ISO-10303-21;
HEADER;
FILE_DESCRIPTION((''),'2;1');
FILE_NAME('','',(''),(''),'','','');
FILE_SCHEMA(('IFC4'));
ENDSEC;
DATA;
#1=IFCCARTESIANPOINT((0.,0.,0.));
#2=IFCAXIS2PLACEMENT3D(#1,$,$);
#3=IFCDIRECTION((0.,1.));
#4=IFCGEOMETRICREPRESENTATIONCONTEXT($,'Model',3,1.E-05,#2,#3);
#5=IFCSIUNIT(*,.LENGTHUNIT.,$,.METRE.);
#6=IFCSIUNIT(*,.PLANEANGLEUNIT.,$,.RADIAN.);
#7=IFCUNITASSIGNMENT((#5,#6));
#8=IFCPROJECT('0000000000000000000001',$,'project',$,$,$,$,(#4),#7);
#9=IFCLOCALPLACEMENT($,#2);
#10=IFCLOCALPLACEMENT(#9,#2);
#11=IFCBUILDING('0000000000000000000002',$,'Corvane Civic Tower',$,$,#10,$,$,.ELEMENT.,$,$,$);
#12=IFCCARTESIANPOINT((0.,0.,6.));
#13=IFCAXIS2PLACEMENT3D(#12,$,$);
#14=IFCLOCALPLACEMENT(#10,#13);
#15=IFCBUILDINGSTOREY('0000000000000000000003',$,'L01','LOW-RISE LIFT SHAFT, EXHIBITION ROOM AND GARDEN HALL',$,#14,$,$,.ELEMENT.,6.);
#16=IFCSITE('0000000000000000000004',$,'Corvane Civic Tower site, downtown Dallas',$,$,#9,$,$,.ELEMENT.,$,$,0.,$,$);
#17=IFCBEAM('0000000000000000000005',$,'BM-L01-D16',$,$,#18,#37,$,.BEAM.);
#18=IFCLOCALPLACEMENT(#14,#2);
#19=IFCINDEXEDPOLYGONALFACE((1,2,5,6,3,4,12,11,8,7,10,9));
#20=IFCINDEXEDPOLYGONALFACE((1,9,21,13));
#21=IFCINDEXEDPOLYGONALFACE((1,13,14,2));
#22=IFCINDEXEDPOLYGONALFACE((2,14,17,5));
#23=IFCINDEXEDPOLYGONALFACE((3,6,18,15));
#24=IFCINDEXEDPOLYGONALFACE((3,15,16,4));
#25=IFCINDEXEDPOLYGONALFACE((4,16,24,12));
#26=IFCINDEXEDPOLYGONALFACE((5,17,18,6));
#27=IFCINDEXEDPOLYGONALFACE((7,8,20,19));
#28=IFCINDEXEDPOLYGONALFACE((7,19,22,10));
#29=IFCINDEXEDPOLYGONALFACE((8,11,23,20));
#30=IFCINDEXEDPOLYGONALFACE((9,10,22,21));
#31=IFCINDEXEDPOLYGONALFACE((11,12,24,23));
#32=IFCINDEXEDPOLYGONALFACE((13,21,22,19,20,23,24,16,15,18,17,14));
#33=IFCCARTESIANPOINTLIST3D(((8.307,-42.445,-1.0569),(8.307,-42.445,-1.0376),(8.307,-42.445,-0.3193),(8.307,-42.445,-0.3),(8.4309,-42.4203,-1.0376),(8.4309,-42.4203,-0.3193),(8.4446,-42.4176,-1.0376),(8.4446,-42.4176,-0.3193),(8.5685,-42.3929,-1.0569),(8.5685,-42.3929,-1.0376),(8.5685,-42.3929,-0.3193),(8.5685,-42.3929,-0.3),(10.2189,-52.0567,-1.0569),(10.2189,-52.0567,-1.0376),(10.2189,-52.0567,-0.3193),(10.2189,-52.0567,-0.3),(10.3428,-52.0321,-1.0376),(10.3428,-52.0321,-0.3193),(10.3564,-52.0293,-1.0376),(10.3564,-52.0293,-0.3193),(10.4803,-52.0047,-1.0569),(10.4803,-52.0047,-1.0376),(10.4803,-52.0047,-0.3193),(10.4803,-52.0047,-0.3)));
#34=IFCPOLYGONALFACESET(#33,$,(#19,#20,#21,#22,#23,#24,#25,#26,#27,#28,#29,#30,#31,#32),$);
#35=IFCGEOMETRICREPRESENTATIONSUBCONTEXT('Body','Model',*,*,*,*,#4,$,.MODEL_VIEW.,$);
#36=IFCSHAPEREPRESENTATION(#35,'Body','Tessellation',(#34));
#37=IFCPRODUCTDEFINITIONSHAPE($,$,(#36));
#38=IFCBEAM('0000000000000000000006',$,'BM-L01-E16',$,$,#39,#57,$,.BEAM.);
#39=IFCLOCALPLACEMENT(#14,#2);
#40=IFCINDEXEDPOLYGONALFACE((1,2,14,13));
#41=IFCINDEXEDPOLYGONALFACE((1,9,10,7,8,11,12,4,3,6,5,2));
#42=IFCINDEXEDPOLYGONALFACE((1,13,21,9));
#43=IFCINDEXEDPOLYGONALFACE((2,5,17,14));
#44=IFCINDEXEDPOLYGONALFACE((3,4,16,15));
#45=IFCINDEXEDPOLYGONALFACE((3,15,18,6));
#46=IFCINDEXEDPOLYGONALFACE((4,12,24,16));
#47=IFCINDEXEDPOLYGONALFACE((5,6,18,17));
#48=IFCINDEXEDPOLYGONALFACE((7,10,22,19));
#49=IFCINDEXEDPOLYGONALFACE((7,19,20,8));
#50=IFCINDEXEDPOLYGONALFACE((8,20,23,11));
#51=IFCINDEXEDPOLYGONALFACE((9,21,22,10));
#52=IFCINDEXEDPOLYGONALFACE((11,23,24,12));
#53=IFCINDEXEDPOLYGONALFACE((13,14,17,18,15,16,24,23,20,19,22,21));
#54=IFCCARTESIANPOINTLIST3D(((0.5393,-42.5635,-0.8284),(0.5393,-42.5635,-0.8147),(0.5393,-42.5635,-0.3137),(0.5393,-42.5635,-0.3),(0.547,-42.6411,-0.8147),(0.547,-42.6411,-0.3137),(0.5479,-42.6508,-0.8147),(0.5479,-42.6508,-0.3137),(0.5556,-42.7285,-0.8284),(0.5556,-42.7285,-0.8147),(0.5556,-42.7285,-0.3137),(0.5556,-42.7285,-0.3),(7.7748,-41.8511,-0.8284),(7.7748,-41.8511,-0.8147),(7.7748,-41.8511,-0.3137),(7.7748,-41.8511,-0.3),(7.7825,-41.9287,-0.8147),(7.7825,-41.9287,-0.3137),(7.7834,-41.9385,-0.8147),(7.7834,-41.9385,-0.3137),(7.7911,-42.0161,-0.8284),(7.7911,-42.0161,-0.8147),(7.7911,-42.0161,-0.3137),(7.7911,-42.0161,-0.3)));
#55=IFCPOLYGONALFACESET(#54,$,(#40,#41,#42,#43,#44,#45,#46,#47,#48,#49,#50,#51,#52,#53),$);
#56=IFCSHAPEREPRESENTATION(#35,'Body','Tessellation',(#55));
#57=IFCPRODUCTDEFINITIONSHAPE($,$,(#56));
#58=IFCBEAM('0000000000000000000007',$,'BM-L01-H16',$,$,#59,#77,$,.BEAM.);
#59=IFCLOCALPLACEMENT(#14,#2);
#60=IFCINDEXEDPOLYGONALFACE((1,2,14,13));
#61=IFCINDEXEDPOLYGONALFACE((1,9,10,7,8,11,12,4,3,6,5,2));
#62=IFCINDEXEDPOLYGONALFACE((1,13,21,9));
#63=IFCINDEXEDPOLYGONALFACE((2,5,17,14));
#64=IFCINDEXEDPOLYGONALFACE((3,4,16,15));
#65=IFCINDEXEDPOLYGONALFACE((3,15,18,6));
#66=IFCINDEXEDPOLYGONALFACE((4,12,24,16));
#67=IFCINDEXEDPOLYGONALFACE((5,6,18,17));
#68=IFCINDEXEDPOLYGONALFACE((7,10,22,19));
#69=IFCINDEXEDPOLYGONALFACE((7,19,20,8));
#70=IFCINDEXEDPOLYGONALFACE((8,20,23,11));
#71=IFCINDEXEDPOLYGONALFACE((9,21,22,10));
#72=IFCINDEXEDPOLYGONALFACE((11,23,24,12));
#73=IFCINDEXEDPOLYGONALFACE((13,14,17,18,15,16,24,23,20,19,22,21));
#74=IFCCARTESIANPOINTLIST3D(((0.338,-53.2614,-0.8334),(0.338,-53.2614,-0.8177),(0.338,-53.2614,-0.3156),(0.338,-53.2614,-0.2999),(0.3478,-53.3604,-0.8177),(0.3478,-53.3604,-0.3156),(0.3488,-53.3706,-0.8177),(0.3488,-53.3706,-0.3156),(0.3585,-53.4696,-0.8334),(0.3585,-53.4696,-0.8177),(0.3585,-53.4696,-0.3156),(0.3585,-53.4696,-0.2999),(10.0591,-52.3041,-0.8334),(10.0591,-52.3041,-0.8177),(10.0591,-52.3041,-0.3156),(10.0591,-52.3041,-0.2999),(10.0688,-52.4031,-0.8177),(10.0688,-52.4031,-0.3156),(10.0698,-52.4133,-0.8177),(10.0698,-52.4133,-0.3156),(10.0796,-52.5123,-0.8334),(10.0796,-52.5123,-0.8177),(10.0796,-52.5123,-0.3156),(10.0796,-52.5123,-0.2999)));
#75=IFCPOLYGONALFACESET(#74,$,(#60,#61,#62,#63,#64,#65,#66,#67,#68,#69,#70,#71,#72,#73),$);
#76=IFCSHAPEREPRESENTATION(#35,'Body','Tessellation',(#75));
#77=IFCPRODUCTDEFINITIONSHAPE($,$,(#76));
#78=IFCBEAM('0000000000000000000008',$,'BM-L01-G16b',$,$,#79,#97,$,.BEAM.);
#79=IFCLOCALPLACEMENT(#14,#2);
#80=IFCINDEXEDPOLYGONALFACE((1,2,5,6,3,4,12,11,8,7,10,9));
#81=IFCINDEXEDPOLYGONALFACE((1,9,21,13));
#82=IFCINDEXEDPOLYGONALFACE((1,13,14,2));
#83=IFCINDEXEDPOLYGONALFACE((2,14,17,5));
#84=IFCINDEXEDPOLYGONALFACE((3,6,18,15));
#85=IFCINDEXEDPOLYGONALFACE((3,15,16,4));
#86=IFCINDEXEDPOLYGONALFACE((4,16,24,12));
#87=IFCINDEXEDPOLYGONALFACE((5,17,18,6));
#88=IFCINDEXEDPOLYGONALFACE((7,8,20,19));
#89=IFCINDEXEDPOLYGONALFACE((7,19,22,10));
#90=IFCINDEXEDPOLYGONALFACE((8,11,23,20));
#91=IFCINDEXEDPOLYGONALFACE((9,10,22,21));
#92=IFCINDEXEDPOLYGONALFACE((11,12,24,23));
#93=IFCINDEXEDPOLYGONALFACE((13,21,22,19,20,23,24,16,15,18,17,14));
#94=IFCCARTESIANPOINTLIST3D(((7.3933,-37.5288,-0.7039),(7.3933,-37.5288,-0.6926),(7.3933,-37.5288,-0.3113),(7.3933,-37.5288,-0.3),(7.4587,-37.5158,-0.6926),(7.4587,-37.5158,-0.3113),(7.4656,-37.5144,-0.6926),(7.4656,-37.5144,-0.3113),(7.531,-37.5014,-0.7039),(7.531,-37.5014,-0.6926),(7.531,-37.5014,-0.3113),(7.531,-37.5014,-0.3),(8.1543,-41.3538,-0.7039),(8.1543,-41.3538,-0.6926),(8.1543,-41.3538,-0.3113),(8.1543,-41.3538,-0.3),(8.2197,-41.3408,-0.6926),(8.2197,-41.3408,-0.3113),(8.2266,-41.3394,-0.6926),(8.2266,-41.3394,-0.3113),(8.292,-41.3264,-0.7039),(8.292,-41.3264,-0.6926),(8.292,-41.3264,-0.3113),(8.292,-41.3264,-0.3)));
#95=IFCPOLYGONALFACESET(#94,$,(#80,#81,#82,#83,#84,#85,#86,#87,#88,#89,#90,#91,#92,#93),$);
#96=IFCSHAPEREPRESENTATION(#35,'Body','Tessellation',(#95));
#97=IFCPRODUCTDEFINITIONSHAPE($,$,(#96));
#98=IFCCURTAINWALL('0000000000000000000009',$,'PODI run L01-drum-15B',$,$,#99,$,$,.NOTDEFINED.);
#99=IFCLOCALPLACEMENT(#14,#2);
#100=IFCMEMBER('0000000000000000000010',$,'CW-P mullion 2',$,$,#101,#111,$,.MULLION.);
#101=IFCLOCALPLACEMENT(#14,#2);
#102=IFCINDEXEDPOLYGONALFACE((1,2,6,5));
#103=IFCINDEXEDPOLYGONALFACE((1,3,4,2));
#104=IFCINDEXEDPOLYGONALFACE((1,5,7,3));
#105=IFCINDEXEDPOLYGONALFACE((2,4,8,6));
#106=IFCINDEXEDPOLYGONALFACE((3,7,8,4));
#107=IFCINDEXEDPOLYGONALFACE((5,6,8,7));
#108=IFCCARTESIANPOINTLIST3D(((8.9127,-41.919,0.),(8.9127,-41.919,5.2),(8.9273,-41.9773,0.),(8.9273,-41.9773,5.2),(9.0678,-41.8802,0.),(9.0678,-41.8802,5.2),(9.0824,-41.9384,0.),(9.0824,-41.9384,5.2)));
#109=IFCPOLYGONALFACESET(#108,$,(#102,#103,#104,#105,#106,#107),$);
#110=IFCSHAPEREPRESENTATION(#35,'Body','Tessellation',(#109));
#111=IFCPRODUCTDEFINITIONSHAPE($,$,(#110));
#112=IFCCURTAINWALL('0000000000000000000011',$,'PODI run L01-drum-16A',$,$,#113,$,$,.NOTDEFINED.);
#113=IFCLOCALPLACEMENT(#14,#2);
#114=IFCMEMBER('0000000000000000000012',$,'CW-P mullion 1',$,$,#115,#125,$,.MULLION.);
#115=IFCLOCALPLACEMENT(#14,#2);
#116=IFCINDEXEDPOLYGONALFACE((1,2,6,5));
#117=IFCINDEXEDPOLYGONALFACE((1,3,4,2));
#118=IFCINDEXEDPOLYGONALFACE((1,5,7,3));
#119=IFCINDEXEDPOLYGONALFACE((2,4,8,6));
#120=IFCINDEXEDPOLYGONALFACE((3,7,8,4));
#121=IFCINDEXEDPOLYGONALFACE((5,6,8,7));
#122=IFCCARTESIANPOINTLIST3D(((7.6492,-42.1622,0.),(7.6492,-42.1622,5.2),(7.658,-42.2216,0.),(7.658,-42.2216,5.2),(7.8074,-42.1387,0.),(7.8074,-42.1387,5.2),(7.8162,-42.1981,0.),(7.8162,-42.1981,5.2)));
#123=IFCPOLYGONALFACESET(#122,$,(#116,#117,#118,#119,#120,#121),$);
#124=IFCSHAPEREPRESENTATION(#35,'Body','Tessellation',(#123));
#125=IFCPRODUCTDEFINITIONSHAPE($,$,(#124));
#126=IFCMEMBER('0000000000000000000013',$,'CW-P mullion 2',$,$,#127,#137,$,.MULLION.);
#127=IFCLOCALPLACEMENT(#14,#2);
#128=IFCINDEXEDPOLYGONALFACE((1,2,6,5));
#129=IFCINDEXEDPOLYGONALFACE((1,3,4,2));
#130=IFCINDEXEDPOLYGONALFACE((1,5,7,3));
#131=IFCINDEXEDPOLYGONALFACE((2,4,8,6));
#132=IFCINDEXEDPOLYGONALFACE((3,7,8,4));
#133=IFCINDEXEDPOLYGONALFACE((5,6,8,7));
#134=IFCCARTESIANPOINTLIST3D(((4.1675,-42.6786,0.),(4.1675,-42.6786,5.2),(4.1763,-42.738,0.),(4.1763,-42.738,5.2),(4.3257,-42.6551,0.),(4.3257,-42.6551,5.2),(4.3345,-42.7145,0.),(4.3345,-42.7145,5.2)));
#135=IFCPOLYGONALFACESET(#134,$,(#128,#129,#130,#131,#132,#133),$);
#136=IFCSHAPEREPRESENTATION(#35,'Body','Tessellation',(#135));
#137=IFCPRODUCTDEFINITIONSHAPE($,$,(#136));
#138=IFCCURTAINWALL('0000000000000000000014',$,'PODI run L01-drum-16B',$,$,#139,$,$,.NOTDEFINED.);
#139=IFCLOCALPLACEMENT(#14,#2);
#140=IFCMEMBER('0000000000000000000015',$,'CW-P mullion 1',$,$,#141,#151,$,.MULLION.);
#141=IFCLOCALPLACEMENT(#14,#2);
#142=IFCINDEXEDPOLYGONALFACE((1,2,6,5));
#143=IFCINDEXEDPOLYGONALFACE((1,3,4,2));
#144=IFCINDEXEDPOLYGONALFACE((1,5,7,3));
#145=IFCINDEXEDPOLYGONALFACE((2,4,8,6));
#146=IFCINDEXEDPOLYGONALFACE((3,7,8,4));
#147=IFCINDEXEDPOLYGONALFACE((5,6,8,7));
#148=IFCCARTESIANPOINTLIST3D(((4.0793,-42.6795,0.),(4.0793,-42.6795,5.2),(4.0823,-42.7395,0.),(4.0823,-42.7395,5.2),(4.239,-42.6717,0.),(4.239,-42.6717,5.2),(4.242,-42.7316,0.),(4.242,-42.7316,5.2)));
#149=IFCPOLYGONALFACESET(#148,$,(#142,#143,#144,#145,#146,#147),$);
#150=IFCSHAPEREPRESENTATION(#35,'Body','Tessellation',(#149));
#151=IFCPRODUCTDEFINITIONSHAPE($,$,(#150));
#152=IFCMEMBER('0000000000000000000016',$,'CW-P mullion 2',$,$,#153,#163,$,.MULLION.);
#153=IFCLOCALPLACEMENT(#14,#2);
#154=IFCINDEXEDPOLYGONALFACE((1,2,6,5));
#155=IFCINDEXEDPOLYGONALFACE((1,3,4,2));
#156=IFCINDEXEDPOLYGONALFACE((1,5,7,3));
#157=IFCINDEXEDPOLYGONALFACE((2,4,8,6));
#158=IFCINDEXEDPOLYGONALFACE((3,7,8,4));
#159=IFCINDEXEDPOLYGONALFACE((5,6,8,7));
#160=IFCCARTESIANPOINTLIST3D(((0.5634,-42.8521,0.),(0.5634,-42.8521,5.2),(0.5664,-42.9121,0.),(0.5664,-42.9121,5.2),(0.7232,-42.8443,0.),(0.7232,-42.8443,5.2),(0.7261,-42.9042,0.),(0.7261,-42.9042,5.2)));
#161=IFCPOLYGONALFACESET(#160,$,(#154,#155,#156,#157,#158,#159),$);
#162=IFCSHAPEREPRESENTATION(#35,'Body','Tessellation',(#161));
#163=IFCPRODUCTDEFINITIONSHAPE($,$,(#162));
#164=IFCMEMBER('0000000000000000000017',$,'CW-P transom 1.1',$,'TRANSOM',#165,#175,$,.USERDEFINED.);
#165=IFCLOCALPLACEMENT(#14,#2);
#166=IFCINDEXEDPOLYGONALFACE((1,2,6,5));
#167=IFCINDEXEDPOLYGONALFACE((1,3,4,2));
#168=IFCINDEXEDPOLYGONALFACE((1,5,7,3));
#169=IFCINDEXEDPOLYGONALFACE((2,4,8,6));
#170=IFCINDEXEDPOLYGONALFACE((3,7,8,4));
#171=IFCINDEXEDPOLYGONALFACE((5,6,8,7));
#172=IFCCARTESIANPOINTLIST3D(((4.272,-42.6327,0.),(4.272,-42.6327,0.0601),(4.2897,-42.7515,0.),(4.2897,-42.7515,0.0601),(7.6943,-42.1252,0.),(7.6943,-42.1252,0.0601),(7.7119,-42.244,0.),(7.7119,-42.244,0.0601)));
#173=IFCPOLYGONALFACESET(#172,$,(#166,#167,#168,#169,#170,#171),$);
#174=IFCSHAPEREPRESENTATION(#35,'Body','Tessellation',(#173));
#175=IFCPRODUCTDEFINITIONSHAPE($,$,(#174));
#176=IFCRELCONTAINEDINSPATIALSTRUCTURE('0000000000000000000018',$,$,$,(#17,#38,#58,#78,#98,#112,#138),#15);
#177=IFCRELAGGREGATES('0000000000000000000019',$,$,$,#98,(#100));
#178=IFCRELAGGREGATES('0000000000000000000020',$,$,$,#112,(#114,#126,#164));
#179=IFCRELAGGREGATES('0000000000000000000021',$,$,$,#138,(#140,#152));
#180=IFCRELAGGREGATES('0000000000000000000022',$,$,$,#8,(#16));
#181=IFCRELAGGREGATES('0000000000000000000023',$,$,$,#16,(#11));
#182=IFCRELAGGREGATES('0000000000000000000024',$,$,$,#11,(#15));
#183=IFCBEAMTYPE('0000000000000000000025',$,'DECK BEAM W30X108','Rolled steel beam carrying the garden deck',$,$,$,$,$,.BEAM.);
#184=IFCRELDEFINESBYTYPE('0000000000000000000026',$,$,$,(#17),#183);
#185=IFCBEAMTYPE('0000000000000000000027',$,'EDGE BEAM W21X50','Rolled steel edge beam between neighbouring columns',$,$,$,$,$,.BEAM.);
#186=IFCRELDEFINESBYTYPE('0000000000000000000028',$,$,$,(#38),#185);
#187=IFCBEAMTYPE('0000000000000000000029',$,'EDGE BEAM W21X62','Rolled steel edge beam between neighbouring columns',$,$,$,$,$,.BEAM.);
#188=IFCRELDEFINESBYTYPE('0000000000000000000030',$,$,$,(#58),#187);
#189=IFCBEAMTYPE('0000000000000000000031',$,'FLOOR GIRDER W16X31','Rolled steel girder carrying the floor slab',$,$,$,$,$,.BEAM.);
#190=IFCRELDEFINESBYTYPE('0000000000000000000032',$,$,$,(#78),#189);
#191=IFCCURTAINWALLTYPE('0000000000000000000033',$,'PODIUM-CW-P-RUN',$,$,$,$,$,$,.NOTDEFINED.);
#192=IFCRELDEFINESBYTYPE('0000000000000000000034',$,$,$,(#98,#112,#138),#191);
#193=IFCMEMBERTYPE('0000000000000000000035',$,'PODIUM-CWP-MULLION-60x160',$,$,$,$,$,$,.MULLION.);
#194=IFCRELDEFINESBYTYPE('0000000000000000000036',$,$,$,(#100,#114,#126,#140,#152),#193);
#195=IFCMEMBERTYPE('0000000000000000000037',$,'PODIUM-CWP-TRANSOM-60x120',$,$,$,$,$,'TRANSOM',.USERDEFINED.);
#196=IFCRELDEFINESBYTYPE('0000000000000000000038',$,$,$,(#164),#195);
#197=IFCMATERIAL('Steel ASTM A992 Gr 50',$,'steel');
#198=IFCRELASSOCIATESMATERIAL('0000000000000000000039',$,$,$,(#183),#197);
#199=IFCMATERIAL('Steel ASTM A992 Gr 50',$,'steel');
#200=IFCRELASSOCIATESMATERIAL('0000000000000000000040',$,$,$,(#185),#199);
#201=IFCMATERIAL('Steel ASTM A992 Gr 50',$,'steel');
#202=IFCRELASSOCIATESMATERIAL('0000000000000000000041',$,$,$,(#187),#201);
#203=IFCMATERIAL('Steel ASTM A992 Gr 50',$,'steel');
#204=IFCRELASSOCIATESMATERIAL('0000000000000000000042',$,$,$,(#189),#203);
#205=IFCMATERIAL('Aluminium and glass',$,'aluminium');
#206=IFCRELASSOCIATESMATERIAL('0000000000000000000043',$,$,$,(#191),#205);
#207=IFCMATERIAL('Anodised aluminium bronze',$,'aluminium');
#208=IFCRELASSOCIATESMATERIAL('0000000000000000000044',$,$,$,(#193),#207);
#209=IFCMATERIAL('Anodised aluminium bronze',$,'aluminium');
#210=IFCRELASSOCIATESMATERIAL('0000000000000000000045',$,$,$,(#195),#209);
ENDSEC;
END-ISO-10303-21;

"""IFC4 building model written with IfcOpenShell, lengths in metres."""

from ifc_helpers import new_model, si_unit, direction, frame, origin, origin_2d, place, context, subcontext, project, spatial, rectangle, i_section, extrude, material, material_profile, profile_set, type_object, element, aggregate, save


model = new_model("IFC4")

# Units and contexts
model_context = context("Model", 3, precision=1e-05, world=origin(), true_north=direction((0.0, 1.0)))
body_context = subcontext(model_context, "Body", "Model", "MODEL_VIEW")
ifc_project = project(units=[si_unit("LENGTHUNIT", "METRE"), si_unit("PLANEANGLEUNIT", "RADIAN")], contexts=[model_context])

# Site, building, storey
site_placement = place(None, origin())
site = spatial("IfcSite", under=ifc_project, at=site_placement, Name="Corvane Civic Tower site, downtown Dallas", CompositionType="ELEMENT", RefElevation=0.0)
building_placement = place(site_placement, origin())
building = spatial("IfcBuilding", under=site, at=building_placement, Name="Corvane Civic Tower", CompositionType="ELEMENT")
storey_placement = place(building_placement, frame((0.0, 0.0, 6.0)))
storey = spatial("IfcBuildingStorey", under=building, at=storey_placement, Name="L01", Description="LOW-RISE LIFT SHAFT, EXHIBITION ROOM AND GARDEN HALL", CompositionType="ELEMENT", Elevation=6.0)

# Beams
ifc_material_1 = material(Name="Steel ASTM A992 Gr 50", Category="steel")
ifc_material_profile_1 = material_profile(ifc_material_1, i_section(OverallWidth=0.2666, OverallDepth=0.7568, WebThickness=0.0139, FlangeThickness=0.0193, at=origin_2d()), Name="W30X108")
ifc_profile_set_1 = profile_set([ifc_material_profile_1], Name="Steel ASTM A992 Gr 50")
beam_type_1 = type_object("IfcBeamType", Name="DECK BEAM W30X108", Description="Rolled steel beam carrying the garden deck", PredefinedType="BEAM", material=ifc_profile_set_1)
beam_1_placement = place(storey_placement, frame((8.4377, -42.4189, -0.6785), z_axis=(0.195086, -0.980786, 0.0), x_axis=(0.980786, 0.195086, 0.0)))
element("IfcBeam", 1, at=beam_1_placement, inside=storey, type_object=beam_type_1, Name="BM-L01-D16", PredefinedType="BEAM", context=body_context, shape_type="SweptSolid", body=[
    extrude(i_section(OverallWidth=0.2666, OverallDepth=0.7568, WebThickness=0.0139, FlangeThickness=0.0193, at=origin_2d()), origin(), (0.0, 0.0, 1.0), 9.8),
])
ifc_material_2 = material(Name="Steel ASTM A992 Gr 50", Category="steel")
ifc_material_profile_2 = material_profile(ifc_material_2, i_section(OverallWidth=0.1658, OverallDepth=0.5283, WebThickness=0.0098, FlangeThickness=0.0137, at=origin_2d()), Name="W21X50")
ifc_profile_set_2 = profile_set([ifc_material_profile_2], Name="Steel ASTM A992 Gr 50")
beam_type_2 = type_object("IfcBeamType", Name="EDGE BEAM W21X50", Description="Rolled steel edge beam between neighbouring columns", PredefinedType="BEAM", material=ifc_profile_set_2)
beam_2_placement = place(storey_placement, frame((7.783, -41.9336, -0.5642), z_axis=(-0.995188, -0.097984, 0.0), x_axis=(0.097984, -0.995188, 0.0)))
element("IfcBeam", 2, at=beam_2_placement, inside=storey, type_object=beam_type_2, Name="BM-L01-E16", PredefinedType="BEAM", context=body_context, shape_type="SweptSolid", body=[
    extrude(i_section(OverallWidth=0.1658, OverallDepth=0.5283, WebThickness=0.0098, FlangeThickness=0.0137, at=origin_2d()), origin(), (0.0, 0.0, 1.0), 7.2705),
])
ifc_material_3 = material(Name="Steel ASTM A992 Gr 50", Category="steel")
ifc_material_profile_3 = material_profile(ifc_material_3, i_section(OverallWidth=0.2092, OverallDepth=0.5334, WebThickness=0.0103, FlangeThickness=0.0156, at=origin_2d()), Name="W21X62")
ifc_profile_set_3 = profile_set([ifc_material_profile_3], Name="Steel ASTM A992 Gr 50")
beam_type_3 = type_object("IfcBeamType", Name="EDGE BEAM W21X62", Description="Rolled steel edge beam between neighbouring columns", PredefinedType="BEAM", material=ifc_profile_set_3)
beam_3_placement = place(storey_placement, frame((10.0693, -52.4082, -0.5667), z_axis=(-0.995186, -0.098001, 0.0), x_axis=(0.098001, -0.995186, 0.0)))
element("IfcBeam", 3, at=beam_3_placement, inside=storey, type_object=beam_type_3, Name="BM-L01-H16", PredefinedType="BEAM", context=body_context, shape_type="SweptSolid", body=[
    extrude(i_section(OverallWidth=0.2092, OverallDepth=0.5334, WebThickness=0.0103, FlangeThickness=0.0156, at=origin_2d()), origin(), (0.0, 0.0, 1.0), 9.7681),
])
ifc_material_4 = material(Name="Steel ASTM A992 Gr 50", Category="steel")
ifc_material_profile_4 = material_profile(ifc_material_4, i_section(OverallWidth=0.1404, OverallDepth=0.4038, WebThickness=0.0071, FlangeThickness=0.0112, at=origin_2d()), Name="W16X31")
ifc_profile_set_4 = profile_set([ifc_material_profile_4], Name="Steel ASTM A992 Gr 50")
beam_type_4 = type_object("IfcBeamType", Name="FLOOR GIRDER W16X31", Description="Rolled steel girder carrying the floor slab", PredefinedType="BEAM", material=ifc_profile_set_4)
beam_4_placement = place(storey_placement, frame((7.4622, -37.5151, -0.502), z_axis=(0.195129, -0.980778, 0.0), x_axis=(0.980778, 0.195129, 0.0)))
element("IfcBeam", 4, at=beam_4_placement, inside=storey, type_object=beam_type_4, Name="BM-L01-G16b", PredefinedType="BEAM", context=body_context, shape_type="SweptSolid", body=[
    extrude(i_section(OverallWidth=0.1404, OverallDepth=0.4038, WebThickness=0.0071, FlangeThickness=0.0112, at=origin_2d()), origin(), (0.0, 0.0, 1.0), 3.8999),
])

# Curtain wall, member
ifc_material_5 = material(Name="Aluminium and glass", Category="aluminium")
curtain_wall_type = type_object("IfcCurtainWallType", Name="PODIUM-CW-P-RUN", PredefinedType="NOTDEFINED", material=ifc_material_5)
curtain_wall_1_placement = place(storey_placement, origin())
curtain_wall_1 = element("IfcCurtainWall", 5, at=curtain_wall_1_placement, inside=storey, type_object=curtain_wall_type, Name="PODI run L01-drum-15B", PredefinedType="NOTDEFINED")
ifc_material_6 = material(Name="Anodised aluminium bronze", Category="aluminium")
ifc_material_profile_5 = material_profile(ifc_material_6, rectangle(XDim=0.0601, YDim=0.1599, at=origin_2d()), Name="AL 60x160")
ifc_profile_set_5 = profile_set([ifc_material_profile_5], Name="Anodised aluminium bronze")
member_type_1 = type_object("IfcMemberType", Name="PODIUM-CWP-MULLION-60x160", PredefinedType="MULLION", material=ifc_profile_set_5)
member_1_placement = place(storey_placement, frame((8.9976, -41.9287, 0.0), z_axis=(0.0, 0.0, 1.0), x_axis=(0.243009, -0.970024, 0.0)))
member_1 = element("IfcMember", 6, at=member_1_placement, type_object=member_type_1, Name="CW-P mullion 2", PredefinedType="MULLION", context=body_context, shape_type="SweptSolid", body=[
    extrude(rectangle(XDim=0.0601, YDim=0.1599, at=origin_2d()), origin(), (0.0, 0.0, 1.0), 5.2),
])

# Curtain walls, members
curtain_wall_2_placement = place(storey_placement, origin())
curtain_wall_2 = element("IfcCurtainWall", 7, at=curtain_wall_2_placement, inside=storey, type_object=curtain_wall_type, Name="PODI run L01-drum-16A", PredefinedType="NOTDEFINED")
member_2_placement = place(storey_placement, frame((7.7327, -42.1802, 0.0), z_axis=(0.0, 0.0, 1.0), x_axis=(0.146715, -0.989179, 0.0)))
member_2 = element("IfcMember", 8, at=member_2_placement, type_object=member_type_1, Name="CW-P mullion 1", PredefinedType="MULLION", context=body_context, shape_type="SweptSolid", body=[
    extrude(rectangle(XDim=0.0601, YDim=0.1599, at=origin_2d()), origin(), (0.0, 0.0, 1.0), 5.2),
])
member_3_placement = place(storey_placement, frame((4.251, -42.6965, 0.0), z_axis=(0.0, 0.0, 1.0), x_axis=(0.146715, -0.989179, 0.0)))
member_3 = element("IfcMember", 9, at=member_3_placement, type_object=member_type_1, Name="CW-P mullion 2", PredefinedType="MULLION", context=body_context, shape_type="SweptSolid", body=[
    extrude(rectangle(XDim=0.0601, YDim=0.1599, at=origin_2d()), origin(), (0.0, 0.0, 1.0), 5.2),
])
curtain_wall_3_placement = place(storey_placement, origin())
curtain_wall_3 = element("IfcCurtainWall", 10, at=curtain_wall_3_placement, inside=storey, type_object=curtain_wall_type, Name="PODI run L01-drum-16B", PredefinedType="NOTDEFINED")
member_4_placement = place(storey_placement, frame((4.1606, -42.7056, 0.0), z_axis=(0.0, 0.0, 1.0), x_axis=(0.04905, -0.998796, 0.0)))
member_4 = element("IfcMember", 11, at=member_4_placement, type_object=member_type_1, Name="CW-P mullion 1", PredefinedType="MULLION", context=body_context, shape_type="SweptSolid", body=[
    extrude(rectangle(XDim=0.0601, YDim=0.1599, at=origin_2d()), origin(), (0.0, 0.0, 1.0), 5.2),
])
member_5_placement = place(storey_placement, frame((0.6448, -42.8782, 0.0), z_axis=(0.0, 0.0, 1.0), x_axis=(0.04905, -0.998796, 0.0)))
member_5 = element("IfcMember", 12, at=member_5_placement, type_object=member_type_1, Name="CW-P mullion 2", PredefinedType="MULLION", context=body_context, shape_type="SweptSolid", body=[
    extrude(rectangle(XDim=0.0601, YDim=0.1599, at=origin_2d()), origin(), (0.0, 0.0, 1.0), 5.2),
])

# Member
ifc_material_7 = material(Name="Anodised aluminium bronze", Category="aluminium")
ifc_material_profile_6 = material_profile(ifc_material_7, rectangle(XDim=0.1201, YDim=0.0601, at=origin_2d()), Name="AL 120x60")
ifc_profile_set_6 = profile_set([ifc_material_profile_6], Name="Anodised aluminium bronze")
member_type_2 = type_object("IfcMemberType", Name="PODIUM-CWP-TRANSOM-60x120", ElementType="TRANSOM", PredefinedType="USERDEFINED", material=ifc_profile_set_6)
member_6_placement = place(storey_placement, frame((7.7031, -42.1846, 0.03), z_axis=(-0.98918, -0.146705, 0.0), x_axis=(0.146705, -0.98918, 0.0)))
member_6 = element("IfcMember", 13, at=member_6_placement, type_object=member_type_2, Name="CW-P transom 1.1", ObjectType="TRANSOM", PredefinedType="USERDEFINED", context=body_context, shape_type="SweptSolid", body=[
    extrude(rectangle(XDim=0.1201, YDim=0.0601, at=origin_2d()), origin(), (0.0, 0.0, 1.0), 3.4597),
])

aggregate(curtain_wall_1, [member_1])
aggregate(curtain_wall_2, [member_2, member_3, member_6])
aggregate(curtain_wall_3, [member_4, member_5])

save(model, "model.ifc")
